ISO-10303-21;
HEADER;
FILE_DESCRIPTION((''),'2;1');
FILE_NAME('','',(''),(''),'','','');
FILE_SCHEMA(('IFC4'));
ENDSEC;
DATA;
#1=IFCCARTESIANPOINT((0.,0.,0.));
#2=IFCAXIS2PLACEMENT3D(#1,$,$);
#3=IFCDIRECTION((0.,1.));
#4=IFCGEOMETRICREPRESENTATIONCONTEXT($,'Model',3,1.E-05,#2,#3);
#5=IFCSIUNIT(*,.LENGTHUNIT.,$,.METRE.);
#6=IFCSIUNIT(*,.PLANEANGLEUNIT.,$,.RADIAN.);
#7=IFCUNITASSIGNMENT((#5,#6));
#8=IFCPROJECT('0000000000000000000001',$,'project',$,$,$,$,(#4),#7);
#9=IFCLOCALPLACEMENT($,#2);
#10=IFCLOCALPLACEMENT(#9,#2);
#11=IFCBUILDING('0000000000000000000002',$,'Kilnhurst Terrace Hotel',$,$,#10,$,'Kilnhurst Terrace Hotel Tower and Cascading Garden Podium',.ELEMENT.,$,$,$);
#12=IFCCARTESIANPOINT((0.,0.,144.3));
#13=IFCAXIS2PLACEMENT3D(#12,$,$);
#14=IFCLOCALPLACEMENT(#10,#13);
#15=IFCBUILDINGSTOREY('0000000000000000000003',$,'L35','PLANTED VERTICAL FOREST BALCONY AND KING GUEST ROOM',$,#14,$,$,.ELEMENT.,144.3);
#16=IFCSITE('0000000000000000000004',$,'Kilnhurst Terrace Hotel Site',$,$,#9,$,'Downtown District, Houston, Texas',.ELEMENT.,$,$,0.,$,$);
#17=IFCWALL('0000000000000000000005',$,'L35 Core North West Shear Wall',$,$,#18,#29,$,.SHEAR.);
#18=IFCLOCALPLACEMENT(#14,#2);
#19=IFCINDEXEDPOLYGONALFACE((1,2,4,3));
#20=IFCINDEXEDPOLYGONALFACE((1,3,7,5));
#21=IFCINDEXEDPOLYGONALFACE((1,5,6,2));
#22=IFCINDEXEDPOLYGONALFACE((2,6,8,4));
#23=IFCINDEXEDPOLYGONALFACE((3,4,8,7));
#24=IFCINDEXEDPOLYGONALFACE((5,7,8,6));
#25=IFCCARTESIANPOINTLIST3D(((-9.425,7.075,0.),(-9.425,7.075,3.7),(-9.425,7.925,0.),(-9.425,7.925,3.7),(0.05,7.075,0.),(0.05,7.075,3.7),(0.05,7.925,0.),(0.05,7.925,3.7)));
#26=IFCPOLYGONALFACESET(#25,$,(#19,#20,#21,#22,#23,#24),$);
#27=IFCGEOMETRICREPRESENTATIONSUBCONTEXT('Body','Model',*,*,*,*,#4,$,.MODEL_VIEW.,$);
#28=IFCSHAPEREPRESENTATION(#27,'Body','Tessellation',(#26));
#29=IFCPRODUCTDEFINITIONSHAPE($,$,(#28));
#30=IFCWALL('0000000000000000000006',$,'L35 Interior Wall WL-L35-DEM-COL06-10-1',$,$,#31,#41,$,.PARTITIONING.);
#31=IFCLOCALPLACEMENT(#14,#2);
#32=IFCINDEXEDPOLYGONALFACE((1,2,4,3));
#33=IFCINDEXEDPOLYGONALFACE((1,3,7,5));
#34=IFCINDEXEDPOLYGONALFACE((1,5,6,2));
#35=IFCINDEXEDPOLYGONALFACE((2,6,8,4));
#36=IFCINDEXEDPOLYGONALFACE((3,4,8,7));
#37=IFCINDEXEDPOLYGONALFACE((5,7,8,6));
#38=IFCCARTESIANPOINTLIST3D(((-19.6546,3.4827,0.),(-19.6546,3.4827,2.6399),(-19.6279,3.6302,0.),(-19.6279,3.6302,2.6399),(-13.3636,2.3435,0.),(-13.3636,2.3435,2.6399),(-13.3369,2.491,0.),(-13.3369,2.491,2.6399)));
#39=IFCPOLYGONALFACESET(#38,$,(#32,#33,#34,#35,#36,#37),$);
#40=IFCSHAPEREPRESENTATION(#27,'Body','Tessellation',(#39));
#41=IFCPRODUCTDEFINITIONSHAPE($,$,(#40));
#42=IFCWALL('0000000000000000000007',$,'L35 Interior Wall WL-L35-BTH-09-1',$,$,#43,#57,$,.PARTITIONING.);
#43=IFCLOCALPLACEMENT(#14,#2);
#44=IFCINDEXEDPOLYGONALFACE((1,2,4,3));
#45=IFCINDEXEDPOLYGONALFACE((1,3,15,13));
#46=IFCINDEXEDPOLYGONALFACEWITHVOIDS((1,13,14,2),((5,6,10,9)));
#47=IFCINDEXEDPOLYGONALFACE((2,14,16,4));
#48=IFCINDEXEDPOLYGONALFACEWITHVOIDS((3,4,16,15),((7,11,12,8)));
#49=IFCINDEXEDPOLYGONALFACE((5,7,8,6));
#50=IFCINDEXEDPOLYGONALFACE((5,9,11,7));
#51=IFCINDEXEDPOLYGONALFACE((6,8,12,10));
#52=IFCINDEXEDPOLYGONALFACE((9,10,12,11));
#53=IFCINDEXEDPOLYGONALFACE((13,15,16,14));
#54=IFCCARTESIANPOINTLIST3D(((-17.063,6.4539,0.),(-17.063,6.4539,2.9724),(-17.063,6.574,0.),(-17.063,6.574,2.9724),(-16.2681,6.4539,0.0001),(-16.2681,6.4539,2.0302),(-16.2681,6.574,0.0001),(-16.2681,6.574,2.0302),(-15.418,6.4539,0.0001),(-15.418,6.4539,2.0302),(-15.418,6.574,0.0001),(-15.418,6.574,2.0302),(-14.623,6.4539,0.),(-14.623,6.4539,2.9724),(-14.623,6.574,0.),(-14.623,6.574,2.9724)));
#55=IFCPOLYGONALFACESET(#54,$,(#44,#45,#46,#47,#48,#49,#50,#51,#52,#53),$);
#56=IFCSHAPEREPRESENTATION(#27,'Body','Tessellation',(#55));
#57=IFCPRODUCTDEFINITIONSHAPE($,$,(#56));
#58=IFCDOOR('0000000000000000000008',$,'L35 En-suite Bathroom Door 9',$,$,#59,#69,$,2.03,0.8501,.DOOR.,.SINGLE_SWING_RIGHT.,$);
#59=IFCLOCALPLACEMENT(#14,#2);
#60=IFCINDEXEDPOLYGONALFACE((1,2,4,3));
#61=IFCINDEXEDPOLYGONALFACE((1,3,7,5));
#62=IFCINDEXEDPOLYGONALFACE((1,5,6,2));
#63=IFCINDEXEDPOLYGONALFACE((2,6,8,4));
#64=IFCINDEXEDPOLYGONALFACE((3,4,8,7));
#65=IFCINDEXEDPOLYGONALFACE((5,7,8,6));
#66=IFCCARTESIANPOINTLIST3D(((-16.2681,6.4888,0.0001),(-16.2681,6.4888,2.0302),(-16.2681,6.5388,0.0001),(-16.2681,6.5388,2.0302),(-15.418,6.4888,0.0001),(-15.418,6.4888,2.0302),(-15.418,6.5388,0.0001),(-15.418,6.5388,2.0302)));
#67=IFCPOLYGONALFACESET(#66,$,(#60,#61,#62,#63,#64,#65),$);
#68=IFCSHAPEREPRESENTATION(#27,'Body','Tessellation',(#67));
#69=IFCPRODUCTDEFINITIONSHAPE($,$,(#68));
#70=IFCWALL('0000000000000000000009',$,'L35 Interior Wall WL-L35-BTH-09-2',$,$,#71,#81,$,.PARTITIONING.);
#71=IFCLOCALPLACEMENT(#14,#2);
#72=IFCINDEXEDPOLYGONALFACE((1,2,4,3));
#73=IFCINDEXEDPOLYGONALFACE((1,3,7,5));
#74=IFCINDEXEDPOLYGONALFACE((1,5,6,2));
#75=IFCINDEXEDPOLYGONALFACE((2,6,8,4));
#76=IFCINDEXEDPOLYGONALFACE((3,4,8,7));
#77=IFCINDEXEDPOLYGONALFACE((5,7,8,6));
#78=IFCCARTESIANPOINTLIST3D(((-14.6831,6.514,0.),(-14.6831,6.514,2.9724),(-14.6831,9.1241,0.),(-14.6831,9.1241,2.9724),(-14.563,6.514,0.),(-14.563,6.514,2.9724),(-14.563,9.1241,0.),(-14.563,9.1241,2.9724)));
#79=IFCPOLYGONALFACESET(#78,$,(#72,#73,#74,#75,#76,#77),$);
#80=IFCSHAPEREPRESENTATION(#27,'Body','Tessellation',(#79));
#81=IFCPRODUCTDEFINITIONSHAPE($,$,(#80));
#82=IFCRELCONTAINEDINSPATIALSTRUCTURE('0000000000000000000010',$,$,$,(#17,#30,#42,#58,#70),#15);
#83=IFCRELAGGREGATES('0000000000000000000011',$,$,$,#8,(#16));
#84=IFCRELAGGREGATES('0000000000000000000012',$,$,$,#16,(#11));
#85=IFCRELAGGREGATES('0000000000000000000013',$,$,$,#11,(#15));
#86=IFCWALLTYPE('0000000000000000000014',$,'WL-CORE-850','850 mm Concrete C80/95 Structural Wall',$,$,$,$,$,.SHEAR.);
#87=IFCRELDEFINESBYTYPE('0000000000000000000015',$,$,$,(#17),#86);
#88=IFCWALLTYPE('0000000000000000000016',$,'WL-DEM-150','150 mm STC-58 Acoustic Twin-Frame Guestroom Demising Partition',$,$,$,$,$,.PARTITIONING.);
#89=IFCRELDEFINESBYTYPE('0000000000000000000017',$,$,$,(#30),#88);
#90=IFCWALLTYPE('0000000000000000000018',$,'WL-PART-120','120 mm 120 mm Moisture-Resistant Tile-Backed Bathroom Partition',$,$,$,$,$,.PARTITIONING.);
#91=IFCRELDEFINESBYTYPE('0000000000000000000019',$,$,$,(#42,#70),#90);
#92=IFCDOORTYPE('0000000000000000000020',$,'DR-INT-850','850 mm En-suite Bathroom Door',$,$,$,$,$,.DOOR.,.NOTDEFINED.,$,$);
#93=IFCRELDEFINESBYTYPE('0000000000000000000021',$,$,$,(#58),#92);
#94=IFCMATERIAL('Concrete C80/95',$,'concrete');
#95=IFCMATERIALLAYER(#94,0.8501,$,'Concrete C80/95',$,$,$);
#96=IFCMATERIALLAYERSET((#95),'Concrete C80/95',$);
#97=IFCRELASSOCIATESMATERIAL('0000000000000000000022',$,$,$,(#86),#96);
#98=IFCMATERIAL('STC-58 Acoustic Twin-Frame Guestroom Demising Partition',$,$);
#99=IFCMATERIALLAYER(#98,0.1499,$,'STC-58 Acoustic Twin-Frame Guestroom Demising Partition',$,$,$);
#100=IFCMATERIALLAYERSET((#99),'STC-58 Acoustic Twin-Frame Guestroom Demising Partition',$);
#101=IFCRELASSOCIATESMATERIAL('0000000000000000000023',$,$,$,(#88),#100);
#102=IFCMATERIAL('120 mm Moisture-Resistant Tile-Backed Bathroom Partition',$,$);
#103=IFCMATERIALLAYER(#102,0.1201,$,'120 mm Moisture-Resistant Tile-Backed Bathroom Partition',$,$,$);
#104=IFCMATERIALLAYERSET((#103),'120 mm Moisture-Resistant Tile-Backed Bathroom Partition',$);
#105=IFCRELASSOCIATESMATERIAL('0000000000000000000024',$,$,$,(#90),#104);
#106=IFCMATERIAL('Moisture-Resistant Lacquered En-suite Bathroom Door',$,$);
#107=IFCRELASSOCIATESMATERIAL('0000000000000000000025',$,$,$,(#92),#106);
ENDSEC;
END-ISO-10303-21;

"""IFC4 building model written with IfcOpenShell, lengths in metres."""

from ifc_helpers import new_model, si_unit, direction, frame, frame_2d, origin, place, context, subcontext, project, spatial, rectangle, extrude, material, layer, layer_set, type_object, element, fill, save


model = new_model("IFC4")

# Units and contexts
model_context = context("Model", 3, precision=1e-05, world=origin(), true_north=direction((0.0, 1.0)))
body_context = subcontext(model_context, "Body", "Model", "MODEL_VIEW")
ifc_project = project(units=[si_unit("LENGTHUNIT", "METRE"), si_unit("PLANEANGLEUNIT", "RADIAN")], contexts=[model_context])

# Site, building, storey
site_placement = place(None, origin())
site = spatial("IfcSite", under=ifc_project, at=site_placement, Name="Kilnhurst Terrace Hotel Site", LongName="Downtown District, Houston, Texas", CompositionType="ELEMENT", RefElevation=0.0)
building_placement = place(site_placement, origin())
building = spatial("IfcBuilding", under=site, at=building_placement, Name="Kilnhurst Terrace Hotel", LongName="Kilnhurst Terrace Hotel Tower and Cascading Garden Podium", CompositionType="ELEMENT")
storey_placement = place(building_placement, frame((0.0, 0.0, 144.3)))
storey = spatial("IfcBuildingStorey", under=building, at=storey_placement, Name="L35", Description="PLANTED VERTICAL FOREST BALCONY AND KING GUEST ROOM", CompositionType="ELEMENT", Elevation=144.3)

# Shared definitions
ifc_material_1 = material(Name="Concrete C80/95", Category="concrete")

# Walls
ifc_layer_1 = layer(ifc_material_1, 0.8501, Name="Concrete C80/95")
ifc_layer_set_1 = layer_set([ifc_layer_1], Name="Concrete C80/95")
wall_type_1 = type_object("IfcWallType", Name="WL-CORE-850", Description="850 mm Concrete C80/95 Structural Wall", PredefinedType="SHEAR", material=ifc_layer_set_1)
wall_1_placement = place(storey_placement, frame((-9.425, 7.5, 0.0), z_axis=(0.0, 0.0, 1.0), x_axis=(1.0, 0.0, 0.0)))
element("IfcWall", 1, at=wall_1_placement, inside=storey, type_object=wall_type_1, Name="L35 Core North West Shear Wall", PredefinedType="SHEAR", context=body_context, shape_type="SweptSolid", body=[
    extrude(rectangle(XDim=9.4751, YDim=0.8501, at=frame_2d((4.7375, 0.0))), origin(), (0.0, 0.0, 1.0), 3.7),
])
ifc_material_2 = material(Name="STC-58 Acoustic Twin-Frame Guestroom Demising Partition")
ifc_layer_2 = layer(ifc_material_2, 0.1499, Name="STC-58 Acoustic Twin-Frame Guestroom Demising Partition")
ifc_layer_set_2 = layer_set([ifc_layer_2], Name="STC-58 Acoustic Twin-Frame Guestroom Demising Partition")
wall_type_2 = type_object("IfcWallType", Name="WL-DEM-150", Description="150 mm STC-58 Acoustic Twin-Frame Guestroom Demising Partition", PredefinedType="PARTITIONING", material=ifc_layer_set_2)
wall_2_placement = place(storey_placement, frame((-13.3501, 2.4172, 0.0), z_axis=(0.0, 0.0, 1.0), x_axis=(-0.983998, 0.17818, 0.0)))
element("IfcWall", 2, at=wall_2_placement, inside=storey, type_object=wall_type_2, Name="L35 Interior Wall WL-L35-DEM-COL06-10-1", PredefinedType="PARTITIONING", context=body_context, shape_type="SweptSolid", body=[
    extrude(rectangle(XDim=6.3933, YDim=0.1499, at=frame_2d((3.1968, 0.0))), origin(), (0.0, 0.0, 1.0), 2.6399),
])

# Wall, opening, door
ifc_material_3 = material(Name="120 mm Moisture-Resistant Tile-Backed Bathroom Partition")
ifc_layer_3 = layer(ifc_material_3, 0.1201, Name="120 mm Moisture-Resistant Tile-Backed Bathroom Partition")
ifc_layer_set_3 = layer_set([ifc_layer_3], Name="120 mm Moisture-Resistant Tile-Backed Bathroom Partition")
wall_type_3 = type_object("IfcWallType", Name="WL-PART-120", Description="120 mm 120 mm Moisture-Resistant Tile-Backed Bathroom Partition", PredefinedType="PARTITIONING", material=ifc_layer_set_3)
wall_3_placement = place(storey_placement, frame((-17.063, 6.5139, 0.0), z_axis=(0.0, 0.0, 1.0), x_axis=(1.0, 0.0, 0.0)))
wall_3 = element("IfcWall", 3, at=wall_3_placement, inside=storey, type_object=wall_type_3, Name="L35 Interior Wall WL-L35-BTH-09-1", PredefinedType="PARTITIONING", context=body_context, shape_type="SweptSolid", body=[
    extrude(rectangle(XDim=2.4399, YDim=0.1201, at=frame_2d((1.22, 0.0))), origin(), (0.0, 0.0, 1.0), 2.9724),
])
opening_1_placement = place(wall_3_placement, frame((0.7949, 0.0, 0.0)))
opening_1 = element("IfcOpeningElement", 4, at=opening_1_placement, cuts=wall_3, PredefinedType="OPENING", context=body_context, shape_type="SweptSolid", body=[
    extrude(rectangle(XDim=0.8501, YDim=2.03, at=frame_2d((0.425, 1.0151))), frame((0.0, 0.0701, 0.0), z_axis=(0.0, -1.0, 0.0), x_axis=(1.0, 0.0, 0.0)), (0.0, 0.0, 1.0), 0.1401),
])
ifc_material_4 = material(Name="Moisture-Resistant Lacquered En-suite Bathroom Door")
door_type_1 = type_object("IfcDoorType", Name="DR-INT-850", Description="850 mm En-suite Bathroom Door", OperationType="NOTDEFINED", PredefinedType="DOOR", material=ifc_material_4)
door_1_placement = place(opening_1_placement, origin())
door_1 = element("IfcDoor", 5, at=door_1_placement, inside=storey, type_object=door_type_1, Name="L35 En-suite Bathroom Door 9", OperationType="SINGLE_SWING_RIGHT", OverallHeight=2.03, OverallWidth=0.8501, PredefinedType="DOOR", context=body_context, shape_type="SweptSolid", body=[
    extrude(rectangle(XDim=0.8501, YDim=2.03, at=frame_2d((0.425, 1.0151))), frame((0.0, 0.0249, 0.0), z_axis=(0.0, -1.0, 0.0), x_axis=(1.0, 0.0, 0.0)), (0.0, 0.0, 1.0), 0.05),
])
fill(opening_1, door_1)

# Wall
wall_4_placement = place(storey_placement, frame((-14.623, 6.5139, 0.0), z_axis=(0.0, 0.0, 1.0), x_axis=(0.0, 1.0, 0.0)))
element("IfcWall", 6, at=wall_4_placement, inside=storey, type_object=wall_type_3, Name="L35 Interior Wall WL-L35-BTH-09-2", PredefinedType="PARTITIONING", context=body_context, shape_type="SweptSolid", body=[
    extrude(rectangle(XDim=2.6101, YDim=0.1201, at=frame_2d((1.3052, 0.0))), origin(), (0.0, 0.0, 1.0), 2.9724),
])

save(model, "model.ifc")
